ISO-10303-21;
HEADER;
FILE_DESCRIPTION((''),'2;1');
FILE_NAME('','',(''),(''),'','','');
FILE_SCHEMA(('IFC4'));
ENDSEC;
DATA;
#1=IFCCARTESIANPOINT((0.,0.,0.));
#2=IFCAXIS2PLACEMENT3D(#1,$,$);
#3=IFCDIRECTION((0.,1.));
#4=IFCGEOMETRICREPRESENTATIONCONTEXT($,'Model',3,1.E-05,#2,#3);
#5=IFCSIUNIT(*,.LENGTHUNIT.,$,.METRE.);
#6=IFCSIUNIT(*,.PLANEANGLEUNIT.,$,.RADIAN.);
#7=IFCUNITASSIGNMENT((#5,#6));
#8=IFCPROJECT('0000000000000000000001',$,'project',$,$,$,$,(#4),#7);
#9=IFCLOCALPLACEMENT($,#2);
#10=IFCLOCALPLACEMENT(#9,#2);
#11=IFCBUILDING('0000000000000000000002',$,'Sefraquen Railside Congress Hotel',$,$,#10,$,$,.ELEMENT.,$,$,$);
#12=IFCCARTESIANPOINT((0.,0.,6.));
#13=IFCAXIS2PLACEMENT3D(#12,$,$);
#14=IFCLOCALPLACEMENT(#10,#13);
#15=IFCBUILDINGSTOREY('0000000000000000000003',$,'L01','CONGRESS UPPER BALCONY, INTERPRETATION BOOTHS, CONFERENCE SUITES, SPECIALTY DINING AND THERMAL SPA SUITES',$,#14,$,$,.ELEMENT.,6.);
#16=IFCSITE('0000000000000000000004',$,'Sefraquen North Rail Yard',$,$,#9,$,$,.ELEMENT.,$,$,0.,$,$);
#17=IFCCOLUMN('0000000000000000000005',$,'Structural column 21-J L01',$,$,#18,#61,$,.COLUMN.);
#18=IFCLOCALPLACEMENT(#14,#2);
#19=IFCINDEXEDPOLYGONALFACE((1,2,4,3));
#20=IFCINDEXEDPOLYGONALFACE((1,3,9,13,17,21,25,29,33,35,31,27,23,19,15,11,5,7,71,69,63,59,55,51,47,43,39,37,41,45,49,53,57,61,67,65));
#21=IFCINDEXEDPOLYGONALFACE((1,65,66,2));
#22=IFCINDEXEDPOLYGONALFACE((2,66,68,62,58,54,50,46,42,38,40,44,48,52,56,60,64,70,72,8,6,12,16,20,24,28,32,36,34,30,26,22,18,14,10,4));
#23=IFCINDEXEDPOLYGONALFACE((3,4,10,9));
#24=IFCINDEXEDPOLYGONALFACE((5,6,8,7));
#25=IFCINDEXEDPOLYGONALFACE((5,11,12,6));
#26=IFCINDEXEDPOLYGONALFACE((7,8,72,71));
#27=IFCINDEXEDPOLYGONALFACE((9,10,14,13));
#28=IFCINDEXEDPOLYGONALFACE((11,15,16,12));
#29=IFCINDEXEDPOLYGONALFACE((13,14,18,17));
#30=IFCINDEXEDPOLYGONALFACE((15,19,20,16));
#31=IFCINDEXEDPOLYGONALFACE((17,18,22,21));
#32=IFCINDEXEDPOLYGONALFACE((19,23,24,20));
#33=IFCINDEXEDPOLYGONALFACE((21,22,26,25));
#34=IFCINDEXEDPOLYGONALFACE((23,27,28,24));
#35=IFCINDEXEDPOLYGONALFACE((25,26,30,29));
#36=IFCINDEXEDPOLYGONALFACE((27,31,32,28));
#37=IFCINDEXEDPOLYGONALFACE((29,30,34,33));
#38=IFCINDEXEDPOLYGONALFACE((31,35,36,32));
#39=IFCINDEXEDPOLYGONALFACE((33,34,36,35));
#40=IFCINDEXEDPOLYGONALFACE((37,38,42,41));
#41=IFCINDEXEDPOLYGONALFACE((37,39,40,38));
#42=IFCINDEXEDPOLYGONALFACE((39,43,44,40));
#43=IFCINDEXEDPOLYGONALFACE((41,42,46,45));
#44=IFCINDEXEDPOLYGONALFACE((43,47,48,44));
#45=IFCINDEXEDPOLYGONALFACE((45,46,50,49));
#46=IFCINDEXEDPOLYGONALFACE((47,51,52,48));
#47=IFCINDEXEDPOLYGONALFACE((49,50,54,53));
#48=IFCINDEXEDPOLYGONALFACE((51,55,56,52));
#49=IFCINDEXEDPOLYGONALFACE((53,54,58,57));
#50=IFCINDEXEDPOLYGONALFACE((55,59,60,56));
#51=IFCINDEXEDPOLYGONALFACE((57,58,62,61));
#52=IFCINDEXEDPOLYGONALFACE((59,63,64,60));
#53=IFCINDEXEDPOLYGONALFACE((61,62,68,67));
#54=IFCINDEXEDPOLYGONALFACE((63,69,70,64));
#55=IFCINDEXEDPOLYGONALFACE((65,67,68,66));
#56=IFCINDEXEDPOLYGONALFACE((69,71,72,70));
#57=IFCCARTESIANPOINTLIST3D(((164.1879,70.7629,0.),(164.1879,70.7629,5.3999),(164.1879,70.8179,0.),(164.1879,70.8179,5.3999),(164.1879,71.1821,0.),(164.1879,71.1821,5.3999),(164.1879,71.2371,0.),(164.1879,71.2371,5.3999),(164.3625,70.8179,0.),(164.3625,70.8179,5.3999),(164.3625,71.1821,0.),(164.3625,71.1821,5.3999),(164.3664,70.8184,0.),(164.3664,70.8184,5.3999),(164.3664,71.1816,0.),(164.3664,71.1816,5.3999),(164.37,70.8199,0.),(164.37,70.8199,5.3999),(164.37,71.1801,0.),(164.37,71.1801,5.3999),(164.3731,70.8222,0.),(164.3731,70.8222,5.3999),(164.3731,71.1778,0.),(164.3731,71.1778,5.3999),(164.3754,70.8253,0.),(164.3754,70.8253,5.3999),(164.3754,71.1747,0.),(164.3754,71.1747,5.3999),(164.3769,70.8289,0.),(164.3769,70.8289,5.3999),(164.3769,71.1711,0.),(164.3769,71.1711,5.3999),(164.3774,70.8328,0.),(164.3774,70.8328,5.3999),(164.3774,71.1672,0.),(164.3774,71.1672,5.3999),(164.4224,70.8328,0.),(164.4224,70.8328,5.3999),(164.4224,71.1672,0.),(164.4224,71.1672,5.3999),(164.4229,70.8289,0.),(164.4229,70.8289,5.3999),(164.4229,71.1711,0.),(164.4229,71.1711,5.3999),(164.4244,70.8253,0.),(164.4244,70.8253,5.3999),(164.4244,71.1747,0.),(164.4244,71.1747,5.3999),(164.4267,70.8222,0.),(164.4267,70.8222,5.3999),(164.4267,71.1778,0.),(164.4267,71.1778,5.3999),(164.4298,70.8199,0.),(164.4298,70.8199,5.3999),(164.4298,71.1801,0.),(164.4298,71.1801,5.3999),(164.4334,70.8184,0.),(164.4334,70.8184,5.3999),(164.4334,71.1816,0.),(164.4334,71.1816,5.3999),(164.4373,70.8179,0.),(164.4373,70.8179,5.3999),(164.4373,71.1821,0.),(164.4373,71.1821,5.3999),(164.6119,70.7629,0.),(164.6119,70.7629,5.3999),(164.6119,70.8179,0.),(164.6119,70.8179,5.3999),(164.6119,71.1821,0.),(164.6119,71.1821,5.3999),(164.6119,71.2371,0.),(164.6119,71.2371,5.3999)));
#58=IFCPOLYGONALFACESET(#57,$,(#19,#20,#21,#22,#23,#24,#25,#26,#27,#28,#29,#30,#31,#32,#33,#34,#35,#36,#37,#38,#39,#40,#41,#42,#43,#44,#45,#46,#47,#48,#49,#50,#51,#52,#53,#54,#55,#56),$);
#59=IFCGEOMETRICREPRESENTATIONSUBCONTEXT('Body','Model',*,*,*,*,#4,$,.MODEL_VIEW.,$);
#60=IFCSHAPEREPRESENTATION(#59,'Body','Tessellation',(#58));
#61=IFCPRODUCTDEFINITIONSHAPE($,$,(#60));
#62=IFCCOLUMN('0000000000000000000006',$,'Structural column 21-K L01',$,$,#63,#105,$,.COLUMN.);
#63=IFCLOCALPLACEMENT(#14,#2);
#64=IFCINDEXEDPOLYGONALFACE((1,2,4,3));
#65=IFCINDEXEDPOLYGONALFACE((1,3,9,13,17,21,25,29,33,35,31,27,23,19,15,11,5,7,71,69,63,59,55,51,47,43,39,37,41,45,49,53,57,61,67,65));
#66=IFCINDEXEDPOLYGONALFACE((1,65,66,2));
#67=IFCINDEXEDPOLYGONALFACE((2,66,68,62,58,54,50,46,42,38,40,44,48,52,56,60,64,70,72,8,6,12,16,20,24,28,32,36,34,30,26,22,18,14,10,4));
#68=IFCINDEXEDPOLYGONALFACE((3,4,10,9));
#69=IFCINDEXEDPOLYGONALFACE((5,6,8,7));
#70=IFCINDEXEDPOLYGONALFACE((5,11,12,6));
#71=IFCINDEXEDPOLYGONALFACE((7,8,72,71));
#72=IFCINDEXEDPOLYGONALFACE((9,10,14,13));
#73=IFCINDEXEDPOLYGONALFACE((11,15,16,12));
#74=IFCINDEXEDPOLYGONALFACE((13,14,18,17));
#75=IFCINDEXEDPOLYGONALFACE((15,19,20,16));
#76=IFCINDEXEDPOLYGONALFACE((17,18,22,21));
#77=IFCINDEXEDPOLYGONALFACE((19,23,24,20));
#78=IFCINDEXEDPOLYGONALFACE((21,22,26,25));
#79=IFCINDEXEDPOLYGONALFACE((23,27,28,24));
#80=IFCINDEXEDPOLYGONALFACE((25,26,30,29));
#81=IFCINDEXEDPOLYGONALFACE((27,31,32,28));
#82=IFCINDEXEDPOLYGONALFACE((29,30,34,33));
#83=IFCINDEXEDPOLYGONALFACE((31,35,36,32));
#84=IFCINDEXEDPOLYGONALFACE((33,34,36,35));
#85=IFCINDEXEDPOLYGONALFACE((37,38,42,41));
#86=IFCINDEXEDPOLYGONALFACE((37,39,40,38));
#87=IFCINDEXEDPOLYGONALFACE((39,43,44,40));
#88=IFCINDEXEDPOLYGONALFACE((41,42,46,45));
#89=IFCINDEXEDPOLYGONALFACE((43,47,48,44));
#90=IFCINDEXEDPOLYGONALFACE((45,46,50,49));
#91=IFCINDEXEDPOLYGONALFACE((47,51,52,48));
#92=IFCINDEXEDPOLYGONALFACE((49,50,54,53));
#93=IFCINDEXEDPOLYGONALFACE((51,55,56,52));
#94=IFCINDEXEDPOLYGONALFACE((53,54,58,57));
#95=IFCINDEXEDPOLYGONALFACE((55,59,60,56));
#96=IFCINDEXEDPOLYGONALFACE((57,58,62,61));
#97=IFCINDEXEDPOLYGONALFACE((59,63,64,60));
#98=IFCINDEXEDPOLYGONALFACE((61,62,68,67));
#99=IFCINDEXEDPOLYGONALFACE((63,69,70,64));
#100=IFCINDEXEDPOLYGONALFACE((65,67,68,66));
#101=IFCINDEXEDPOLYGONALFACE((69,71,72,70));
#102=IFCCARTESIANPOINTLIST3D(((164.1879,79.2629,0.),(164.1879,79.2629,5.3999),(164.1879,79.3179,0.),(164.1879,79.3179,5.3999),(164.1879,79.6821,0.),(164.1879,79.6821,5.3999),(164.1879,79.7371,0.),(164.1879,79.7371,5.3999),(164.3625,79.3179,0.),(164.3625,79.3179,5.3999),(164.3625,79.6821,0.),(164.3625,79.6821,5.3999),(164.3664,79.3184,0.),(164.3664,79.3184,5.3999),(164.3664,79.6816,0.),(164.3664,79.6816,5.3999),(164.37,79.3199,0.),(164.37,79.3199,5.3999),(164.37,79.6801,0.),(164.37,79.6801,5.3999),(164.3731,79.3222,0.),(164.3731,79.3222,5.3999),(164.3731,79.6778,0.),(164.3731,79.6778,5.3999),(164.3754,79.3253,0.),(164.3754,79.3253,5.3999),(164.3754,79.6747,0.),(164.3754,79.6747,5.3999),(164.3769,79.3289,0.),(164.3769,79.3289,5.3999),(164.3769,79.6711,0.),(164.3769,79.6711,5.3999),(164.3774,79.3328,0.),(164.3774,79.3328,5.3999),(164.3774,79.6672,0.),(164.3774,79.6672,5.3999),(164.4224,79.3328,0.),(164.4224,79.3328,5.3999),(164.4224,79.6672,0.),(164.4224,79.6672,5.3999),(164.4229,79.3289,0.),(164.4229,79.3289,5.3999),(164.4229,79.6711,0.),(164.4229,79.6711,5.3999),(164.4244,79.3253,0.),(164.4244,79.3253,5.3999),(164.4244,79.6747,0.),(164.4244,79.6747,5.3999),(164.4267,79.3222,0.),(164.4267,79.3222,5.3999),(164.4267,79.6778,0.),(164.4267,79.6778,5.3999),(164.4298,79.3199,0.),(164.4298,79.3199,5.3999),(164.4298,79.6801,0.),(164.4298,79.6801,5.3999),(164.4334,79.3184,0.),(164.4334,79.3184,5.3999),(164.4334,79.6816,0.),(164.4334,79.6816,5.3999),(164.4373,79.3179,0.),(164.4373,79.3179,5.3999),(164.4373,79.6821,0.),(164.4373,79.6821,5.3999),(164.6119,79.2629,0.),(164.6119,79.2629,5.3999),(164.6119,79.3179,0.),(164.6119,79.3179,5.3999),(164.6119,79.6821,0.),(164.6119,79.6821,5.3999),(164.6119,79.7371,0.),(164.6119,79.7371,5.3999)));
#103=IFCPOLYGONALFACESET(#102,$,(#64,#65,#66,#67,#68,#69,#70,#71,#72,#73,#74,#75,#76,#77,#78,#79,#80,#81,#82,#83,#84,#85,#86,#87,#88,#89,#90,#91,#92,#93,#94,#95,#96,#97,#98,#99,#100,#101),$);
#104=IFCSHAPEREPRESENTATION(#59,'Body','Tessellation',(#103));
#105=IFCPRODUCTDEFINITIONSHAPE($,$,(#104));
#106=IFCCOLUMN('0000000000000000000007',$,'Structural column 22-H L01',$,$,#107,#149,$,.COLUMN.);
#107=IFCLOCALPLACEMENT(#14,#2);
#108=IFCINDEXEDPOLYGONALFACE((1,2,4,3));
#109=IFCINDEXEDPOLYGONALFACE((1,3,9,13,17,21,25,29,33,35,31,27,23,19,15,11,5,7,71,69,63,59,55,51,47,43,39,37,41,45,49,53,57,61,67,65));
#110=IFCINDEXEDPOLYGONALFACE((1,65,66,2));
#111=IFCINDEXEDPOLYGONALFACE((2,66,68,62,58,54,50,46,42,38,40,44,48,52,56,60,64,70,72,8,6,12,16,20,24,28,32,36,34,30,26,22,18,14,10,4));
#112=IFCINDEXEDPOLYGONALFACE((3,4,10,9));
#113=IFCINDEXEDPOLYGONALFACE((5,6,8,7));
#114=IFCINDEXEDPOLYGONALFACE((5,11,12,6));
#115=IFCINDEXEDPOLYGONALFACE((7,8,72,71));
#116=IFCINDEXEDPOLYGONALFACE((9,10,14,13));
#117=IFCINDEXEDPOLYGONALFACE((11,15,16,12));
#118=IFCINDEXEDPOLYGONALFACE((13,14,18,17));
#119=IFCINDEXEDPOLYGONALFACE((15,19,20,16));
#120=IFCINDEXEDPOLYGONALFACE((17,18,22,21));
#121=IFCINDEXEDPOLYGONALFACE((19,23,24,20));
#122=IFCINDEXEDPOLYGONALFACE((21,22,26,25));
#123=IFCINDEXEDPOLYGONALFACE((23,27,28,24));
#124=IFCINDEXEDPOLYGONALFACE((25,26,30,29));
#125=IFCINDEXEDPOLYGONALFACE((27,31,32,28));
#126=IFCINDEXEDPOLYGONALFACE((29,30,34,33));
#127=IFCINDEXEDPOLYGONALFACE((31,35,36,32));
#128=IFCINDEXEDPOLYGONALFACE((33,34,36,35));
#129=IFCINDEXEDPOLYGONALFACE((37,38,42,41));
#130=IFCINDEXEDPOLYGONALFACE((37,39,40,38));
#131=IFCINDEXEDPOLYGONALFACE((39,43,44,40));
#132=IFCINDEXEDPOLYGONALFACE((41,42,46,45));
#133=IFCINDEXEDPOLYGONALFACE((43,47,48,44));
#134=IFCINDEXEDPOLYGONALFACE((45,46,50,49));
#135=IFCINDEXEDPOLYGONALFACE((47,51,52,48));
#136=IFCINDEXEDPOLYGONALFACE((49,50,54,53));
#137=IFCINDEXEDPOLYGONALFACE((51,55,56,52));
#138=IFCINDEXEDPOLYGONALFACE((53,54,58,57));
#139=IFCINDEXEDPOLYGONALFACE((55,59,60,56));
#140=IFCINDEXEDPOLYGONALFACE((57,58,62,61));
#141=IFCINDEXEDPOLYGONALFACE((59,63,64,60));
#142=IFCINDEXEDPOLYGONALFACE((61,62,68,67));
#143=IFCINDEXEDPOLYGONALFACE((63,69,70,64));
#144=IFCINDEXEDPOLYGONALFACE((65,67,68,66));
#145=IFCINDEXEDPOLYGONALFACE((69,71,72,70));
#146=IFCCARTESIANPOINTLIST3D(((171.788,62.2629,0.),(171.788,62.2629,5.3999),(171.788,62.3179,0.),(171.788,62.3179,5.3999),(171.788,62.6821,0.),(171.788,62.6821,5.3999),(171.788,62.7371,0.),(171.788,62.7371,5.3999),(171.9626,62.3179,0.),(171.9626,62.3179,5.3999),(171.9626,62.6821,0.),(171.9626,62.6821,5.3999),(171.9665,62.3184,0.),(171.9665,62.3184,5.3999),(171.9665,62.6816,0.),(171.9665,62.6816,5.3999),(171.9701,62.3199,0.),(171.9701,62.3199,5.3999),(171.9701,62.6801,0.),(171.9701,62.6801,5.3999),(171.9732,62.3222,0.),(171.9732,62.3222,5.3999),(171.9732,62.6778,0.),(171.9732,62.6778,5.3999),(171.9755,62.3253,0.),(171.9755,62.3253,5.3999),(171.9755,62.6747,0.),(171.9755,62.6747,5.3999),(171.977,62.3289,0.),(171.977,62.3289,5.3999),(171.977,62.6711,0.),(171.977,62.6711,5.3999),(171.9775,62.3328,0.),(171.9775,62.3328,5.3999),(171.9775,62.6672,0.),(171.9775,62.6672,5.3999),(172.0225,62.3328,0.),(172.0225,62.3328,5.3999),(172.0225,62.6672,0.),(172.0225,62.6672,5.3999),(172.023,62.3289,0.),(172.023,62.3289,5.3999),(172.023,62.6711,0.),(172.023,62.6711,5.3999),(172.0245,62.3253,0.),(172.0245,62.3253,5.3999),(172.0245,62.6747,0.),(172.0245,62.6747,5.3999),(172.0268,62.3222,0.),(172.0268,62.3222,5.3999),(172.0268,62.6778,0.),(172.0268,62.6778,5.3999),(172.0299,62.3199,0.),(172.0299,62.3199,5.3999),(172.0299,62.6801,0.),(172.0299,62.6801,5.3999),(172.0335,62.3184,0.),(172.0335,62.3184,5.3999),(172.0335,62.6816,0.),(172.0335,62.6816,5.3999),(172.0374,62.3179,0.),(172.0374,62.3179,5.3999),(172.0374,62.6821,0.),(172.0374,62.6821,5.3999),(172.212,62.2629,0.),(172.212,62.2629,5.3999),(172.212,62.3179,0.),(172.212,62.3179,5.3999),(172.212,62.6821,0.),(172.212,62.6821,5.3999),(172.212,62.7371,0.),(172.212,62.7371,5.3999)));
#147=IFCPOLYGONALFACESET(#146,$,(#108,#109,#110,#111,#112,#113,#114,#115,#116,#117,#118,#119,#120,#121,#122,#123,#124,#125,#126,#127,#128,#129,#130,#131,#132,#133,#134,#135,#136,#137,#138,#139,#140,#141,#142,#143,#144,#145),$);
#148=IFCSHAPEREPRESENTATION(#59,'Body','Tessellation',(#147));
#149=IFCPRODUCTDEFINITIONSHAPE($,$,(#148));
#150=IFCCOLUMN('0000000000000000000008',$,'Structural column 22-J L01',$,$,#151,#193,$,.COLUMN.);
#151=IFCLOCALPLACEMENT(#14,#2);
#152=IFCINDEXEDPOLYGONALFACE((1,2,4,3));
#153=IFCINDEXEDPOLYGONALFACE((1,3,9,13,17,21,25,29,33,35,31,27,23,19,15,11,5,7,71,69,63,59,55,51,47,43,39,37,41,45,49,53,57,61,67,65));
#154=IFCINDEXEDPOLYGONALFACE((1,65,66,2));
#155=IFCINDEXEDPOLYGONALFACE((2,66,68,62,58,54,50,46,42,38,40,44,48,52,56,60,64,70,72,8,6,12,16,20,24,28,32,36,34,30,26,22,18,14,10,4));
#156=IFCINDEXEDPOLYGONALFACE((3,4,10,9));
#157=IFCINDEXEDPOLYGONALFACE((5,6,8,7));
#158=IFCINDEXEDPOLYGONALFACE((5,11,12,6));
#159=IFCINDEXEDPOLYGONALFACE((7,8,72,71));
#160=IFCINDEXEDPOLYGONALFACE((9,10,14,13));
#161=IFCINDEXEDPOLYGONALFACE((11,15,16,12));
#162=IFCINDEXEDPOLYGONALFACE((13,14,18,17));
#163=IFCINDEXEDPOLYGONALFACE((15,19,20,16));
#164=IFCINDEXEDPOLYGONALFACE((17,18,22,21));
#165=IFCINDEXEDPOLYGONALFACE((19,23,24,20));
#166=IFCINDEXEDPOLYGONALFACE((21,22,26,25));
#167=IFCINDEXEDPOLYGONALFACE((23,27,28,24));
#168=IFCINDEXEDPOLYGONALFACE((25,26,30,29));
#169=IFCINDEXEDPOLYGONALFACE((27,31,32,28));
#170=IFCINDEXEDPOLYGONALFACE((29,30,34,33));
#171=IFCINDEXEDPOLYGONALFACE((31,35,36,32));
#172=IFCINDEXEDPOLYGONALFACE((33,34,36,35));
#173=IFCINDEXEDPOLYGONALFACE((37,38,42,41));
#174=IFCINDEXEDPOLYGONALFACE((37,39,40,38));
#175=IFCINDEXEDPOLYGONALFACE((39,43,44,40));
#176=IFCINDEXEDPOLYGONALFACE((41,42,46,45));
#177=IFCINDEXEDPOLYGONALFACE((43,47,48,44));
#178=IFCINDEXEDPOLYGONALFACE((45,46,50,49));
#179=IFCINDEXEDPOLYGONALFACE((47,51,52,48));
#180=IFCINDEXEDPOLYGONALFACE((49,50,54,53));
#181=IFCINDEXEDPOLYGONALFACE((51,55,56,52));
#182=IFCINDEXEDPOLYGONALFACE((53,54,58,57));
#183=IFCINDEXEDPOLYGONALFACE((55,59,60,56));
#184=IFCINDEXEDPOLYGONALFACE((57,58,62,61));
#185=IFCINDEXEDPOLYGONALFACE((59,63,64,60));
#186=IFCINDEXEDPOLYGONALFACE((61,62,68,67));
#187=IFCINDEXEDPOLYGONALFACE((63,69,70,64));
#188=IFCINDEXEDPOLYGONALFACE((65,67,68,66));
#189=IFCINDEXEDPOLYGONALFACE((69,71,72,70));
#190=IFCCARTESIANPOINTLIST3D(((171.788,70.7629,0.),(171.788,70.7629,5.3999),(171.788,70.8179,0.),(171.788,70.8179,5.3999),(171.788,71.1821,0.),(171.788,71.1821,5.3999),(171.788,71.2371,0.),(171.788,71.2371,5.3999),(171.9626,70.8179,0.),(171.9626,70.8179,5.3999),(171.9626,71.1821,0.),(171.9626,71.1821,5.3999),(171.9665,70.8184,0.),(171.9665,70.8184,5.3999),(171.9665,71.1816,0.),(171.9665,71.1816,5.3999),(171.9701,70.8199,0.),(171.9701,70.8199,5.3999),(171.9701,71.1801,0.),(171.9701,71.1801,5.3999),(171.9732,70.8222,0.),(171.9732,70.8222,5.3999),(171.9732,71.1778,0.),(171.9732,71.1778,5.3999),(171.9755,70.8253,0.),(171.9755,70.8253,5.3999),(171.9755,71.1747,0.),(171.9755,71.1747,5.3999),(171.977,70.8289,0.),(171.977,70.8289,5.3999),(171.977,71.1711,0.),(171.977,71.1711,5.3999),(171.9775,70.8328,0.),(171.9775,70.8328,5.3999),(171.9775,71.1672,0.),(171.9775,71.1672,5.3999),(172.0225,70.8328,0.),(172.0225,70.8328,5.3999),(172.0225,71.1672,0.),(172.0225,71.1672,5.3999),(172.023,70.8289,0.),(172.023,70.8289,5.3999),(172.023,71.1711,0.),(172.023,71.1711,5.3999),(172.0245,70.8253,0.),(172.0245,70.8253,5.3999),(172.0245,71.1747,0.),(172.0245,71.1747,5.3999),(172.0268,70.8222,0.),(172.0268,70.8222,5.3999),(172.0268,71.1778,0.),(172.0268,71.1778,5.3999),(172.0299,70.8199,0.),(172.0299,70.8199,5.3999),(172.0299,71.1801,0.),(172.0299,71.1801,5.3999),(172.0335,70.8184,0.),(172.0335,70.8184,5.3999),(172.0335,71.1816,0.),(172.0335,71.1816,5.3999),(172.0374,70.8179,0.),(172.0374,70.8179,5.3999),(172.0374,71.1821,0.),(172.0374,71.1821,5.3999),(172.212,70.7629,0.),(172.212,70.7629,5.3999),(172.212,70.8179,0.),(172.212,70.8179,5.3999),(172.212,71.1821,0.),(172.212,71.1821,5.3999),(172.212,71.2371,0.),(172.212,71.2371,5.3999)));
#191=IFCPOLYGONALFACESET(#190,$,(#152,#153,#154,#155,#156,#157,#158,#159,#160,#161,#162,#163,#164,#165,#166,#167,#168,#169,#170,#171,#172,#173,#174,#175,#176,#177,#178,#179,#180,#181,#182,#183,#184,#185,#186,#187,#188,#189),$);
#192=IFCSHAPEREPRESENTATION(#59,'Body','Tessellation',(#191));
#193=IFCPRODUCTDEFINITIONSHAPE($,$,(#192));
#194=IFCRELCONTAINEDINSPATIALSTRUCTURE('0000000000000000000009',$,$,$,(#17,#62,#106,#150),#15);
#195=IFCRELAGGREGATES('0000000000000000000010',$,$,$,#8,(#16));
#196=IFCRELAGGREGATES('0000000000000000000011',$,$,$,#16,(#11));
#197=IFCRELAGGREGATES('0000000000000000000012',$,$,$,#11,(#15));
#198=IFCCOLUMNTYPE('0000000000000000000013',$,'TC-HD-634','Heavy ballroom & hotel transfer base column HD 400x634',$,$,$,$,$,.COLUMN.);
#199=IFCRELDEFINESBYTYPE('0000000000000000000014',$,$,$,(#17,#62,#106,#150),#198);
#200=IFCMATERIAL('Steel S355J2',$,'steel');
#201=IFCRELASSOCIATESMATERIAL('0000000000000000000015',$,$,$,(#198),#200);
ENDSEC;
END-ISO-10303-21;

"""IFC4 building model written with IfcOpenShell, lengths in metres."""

from ifc_helpers import new_model, si_unit, direction, frame, origin, origin_2d, place, context, subcontext, project, spatial, i_section, extrude, material, material_profile, profile_set, type_object, element, save


model = new_model("IFC4")

# Units and contexts
model_context = context("Model", 3, precision=1e-05, world=origin(), true_north=direction((0.0, 1.0)))
body_context = subcontext(model_context, "Body", "Model", "MODEL_VIEW")
ifc_project = project(units=[si_unit("LENGTHUNIT", "METRE"), si_unit("PLANEANGLEUNIT", "RADIAN")], contexts=[model_context])

# Site, building, storey
site_placement = place(None, origin())
site = spatial("IfcSite", under=ifc_project, at=site_placement, Name="Sefraquen North Rail Yard", CompositionType="ELEMENT", RefElevation=0.0)
building_placement = place(site_placement, origin())
building = spatial("IfcBuilding", under=site, at=building_placement, Name="Sefraquen Railside Congress Hotel", CompositionType="ELEMENT")
storey_placement = place(building_placement, frame((0.0, 0.0, 6.0)))
storey = spatial("IfcBuildingStorey", under=building, at=storey_placement, Name="L01", Description="CONGRESS UPPER BALCONY, INTERPRETATION BOOTHS, CONFERENCE SUITES, SPECIALTY DINING AND THERMAL SPA SUITES", CompositionType="ELEMENT", Elevation=6.0)

# Columns
ifc_material_1 = material(Name="Steel S355J2", Category="steel")
ifc_material_profile_1 = material_profile(ifc_material_1, i_section(OverallWidth=0.4241, OverallDepth=0.4741, WebThickness=0.0449, FlangeThickness=0.0549, FilletRadius=0.0149, at=origin_2d()), Name="HD 400x634")
ifc_profile_set_1 = profile_set([ifc_material_profile_1], Name="Steel S355J2")
column_type = type_object("IfcColumnType", Name="TC-HD-634", Description="Heavy ballroom & hotel transfer base column HD 400x634", PredefinedType="COLUMN", material=ifc_profile_set_1)
for number, where, z_axis, x_axis, name in (
    (1, (164.3999, 71.0, 0.0), (0.0, 0.0, 1.0), (1.0, 0.0, 0.0), "Structural column 21-J L01"),
    (2, (164.3999, 79.5, 0.0), (0.0, 0.0, 1.0), (1.0, 0.0, 0.0), "Structural column 21-K L01"),
    (3, (172.0, 62.5, 0.0), (0.0, 0.0, 1.0), (1.0, 0.0, 0.0), "Structural column 22-H L01"),
    (4, (172.0, 71.0, 0.0), (0.0, 0.0, 1.0), (1.0, 0.0, 0.0), "Structural column 22-J L01"),
):
    element("IfcColumn", number, at=place(storey_placement, frame(where, z_axis=z_axis, x_axis=x_axis)), inside=storey, type_object=column_type, Name=name, PredefinedType="COLUMN", context=body_context, shape_type="SweptSolid", body=[
        extrude(i_section(OverallWidth=0.4241, OverallDepth=0.4741, WebThickness=0.0449, FlangeThickness=0.0549, FilletRadius=0.0149, at=origin_2d()), origin(), (0.0, 0.0, 1.0), 5.3999),
    ])

save(model, "model.ifc")
